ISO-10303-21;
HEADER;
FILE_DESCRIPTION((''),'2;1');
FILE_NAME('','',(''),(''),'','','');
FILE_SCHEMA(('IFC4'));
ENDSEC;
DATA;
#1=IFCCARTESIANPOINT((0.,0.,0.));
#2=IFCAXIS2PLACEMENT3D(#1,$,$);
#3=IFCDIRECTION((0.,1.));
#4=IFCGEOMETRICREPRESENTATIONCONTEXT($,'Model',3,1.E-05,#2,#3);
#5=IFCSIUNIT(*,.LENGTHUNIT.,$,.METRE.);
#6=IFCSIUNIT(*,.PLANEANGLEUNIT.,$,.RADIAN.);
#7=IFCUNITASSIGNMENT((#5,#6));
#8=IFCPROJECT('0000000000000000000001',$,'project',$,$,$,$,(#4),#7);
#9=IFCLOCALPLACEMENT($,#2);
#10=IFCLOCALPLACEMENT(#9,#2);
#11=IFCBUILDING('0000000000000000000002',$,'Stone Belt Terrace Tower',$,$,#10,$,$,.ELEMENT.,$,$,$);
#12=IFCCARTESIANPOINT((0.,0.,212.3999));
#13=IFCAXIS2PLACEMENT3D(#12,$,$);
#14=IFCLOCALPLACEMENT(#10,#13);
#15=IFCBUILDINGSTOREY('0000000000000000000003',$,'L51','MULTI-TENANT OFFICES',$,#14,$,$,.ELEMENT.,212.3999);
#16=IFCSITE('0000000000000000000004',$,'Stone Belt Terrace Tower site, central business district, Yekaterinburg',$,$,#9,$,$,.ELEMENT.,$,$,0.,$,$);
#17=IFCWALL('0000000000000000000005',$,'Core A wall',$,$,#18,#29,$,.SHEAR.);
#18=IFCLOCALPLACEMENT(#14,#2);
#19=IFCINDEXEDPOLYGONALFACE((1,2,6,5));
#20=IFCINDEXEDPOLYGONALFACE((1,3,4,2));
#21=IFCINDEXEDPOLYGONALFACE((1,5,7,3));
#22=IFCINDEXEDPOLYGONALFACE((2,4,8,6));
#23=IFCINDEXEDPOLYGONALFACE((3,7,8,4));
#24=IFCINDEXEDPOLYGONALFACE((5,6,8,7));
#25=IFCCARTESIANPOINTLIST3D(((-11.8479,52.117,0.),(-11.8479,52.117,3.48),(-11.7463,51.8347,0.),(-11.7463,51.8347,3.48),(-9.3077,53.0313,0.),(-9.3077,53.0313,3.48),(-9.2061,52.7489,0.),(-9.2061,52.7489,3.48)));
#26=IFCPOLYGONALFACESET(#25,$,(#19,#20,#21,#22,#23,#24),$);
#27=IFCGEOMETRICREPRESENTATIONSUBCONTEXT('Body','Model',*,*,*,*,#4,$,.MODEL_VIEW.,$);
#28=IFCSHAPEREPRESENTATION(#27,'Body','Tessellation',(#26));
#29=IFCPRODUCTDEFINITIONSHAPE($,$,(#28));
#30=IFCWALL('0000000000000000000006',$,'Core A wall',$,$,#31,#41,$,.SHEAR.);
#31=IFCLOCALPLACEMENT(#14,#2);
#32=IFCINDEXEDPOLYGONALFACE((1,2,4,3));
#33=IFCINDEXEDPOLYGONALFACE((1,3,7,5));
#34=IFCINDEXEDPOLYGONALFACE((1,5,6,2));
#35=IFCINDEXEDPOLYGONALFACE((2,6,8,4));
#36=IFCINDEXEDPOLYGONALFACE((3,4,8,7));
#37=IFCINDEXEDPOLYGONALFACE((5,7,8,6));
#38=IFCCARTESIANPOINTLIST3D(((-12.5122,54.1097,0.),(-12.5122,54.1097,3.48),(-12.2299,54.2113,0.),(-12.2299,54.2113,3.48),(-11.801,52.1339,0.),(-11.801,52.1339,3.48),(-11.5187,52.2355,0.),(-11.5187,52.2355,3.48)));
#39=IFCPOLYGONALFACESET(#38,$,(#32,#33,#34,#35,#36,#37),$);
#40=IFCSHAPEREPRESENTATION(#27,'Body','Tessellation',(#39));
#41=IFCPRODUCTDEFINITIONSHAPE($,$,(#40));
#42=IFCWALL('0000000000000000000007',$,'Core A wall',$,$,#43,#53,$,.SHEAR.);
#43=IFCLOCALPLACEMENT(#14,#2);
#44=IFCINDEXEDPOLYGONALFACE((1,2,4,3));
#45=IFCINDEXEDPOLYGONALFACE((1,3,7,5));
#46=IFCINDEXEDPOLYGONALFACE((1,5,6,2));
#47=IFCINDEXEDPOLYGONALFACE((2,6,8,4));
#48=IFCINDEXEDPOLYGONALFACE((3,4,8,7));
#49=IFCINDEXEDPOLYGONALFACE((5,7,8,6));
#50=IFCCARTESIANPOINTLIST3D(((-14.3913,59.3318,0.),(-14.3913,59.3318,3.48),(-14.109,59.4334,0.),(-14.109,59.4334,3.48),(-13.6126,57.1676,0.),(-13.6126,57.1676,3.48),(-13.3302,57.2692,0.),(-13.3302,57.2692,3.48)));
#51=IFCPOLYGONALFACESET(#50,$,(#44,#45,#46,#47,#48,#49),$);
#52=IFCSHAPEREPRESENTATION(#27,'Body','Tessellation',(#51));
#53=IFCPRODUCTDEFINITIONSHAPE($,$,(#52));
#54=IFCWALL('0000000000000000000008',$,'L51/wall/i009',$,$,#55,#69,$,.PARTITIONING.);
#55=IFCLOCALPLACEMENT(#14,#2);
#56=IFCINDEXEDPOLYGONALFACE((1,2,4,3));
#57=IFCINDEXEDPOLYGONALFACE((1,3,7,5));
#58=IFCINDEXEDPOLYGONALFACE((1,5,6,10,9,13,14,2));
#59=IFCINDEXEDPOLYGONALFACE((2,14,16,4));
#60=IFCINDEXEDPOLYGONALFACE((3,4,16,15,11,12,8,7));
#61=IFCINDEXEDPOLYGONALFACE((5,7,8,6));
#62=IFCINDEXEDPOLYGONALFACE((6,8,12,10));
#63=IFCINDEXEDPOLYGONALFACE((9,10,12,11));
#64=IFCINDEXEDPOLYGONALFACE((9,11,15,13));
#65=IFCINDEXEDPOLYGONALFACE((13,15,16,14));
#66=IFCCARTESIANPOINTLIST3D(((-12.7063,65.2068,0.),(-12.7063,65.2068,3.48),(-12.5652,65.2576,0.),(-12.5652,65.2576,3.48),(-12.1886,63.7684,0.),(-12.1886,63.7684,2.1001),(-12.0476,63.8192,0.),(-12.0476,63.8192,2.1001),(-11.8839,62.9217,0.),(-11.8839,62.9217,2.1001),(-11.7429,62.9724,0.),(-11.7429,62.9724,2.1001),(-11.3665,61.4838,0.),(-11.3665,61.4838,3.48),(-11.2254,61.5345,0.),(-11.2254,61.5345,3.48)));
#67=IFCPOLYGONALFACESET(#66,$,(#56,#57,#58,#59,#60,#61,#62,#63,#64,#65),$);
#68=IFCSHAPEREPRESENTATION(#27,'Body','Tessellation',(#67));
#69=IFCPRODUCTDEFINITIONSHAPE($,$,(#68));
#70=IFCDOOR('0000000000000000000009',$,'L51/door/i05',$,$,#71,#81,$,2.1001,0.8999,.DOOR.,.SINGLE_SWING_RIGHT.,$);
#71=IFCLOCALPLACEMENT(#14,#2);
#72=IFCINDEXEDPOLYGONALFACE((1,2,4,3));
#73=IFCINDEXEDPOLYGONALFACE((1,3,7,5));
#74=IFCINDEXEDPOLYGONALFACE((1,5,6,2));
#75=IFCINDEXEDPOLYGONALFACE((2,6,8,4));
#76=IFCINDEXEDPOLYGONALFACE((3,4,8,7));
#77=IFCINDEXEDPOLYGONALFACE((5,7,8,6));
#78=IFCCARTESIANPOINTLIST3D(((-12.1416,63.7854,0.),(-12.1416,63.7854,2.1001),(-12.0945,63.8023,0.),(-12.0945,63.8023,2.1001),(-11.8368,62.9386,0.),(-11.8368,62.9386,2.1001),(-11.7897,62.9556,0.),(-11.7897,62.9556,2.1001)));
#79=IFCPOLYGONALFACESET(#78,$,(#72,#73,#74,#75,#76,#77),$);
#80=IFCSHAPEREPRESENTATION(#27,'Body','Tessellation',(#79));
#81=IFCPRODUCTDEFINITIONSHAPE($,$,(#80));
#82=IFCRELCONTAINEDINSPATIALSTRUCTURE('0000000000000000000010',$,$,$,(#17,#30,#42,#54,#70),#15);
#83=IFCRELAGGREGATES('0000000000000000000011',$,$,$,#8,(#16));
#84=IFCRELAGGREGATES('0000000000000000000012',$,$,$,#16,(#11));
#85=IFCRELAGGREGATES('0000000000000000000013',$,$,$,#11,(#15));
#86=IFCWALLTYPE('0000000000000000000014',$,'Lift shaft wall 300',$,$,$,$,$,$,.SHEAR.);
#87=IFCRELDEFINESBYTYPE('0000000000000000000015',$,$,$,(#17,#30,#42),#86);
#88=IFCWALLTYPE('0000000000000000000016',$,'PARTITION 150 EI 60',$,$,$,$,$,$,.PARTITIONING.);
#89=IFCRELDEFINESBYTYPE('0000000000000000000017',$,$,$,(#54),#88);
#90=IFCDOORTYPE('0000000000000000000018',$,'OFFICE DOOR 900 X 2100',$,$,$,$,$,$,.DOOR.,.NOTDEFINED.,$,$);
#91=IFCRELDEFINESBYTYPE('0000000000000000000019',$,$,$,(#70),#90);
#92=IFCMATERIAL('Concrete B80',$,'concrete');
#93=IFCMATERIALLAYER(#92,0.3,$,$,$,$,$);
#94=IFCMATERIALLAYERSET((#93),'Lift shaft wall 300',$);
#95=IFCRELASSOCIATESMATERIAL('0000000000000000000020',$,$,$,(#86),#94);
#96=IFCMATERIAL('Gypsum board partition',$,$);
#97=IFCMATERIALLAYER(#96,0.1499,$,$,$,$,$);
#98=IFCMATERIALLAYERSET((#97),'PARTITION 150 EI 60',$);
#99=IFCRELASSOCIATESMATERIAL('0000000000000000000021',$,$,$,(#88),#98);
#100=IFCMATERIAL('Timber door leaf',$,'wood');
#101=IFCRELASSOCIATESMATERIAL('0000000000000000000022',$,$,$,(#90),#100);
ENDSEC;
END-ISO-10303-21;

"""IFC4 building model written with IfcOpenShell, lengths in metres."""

from ifc_helpers import new_model, si_unit, direction, frame, frame_2d, origin, place, context, subcontext, project, spatial, rectangle, extrude, material, layer, layer_set, type_object, element, fill, save


model = new_model("IFC4")

# Units and contexts
model_context = context("Model", 3, precision=1e-05, world=origin(), true_north=direction((0.0, 1.0)))
body_context = subcontext(model_context, "Body", "Model", "MODEL_VIEW")
ifc_project = project(units=[si_unit("LENGTHUNIT", "METRE"), si_unit("PLANEANGLEUNIT", "RADIAN")], contexts=[model_context])

# Site, building, storey
site_placement = place(None, origin())
site = spatial("IfcSite", under=ifc_project, at=site_placement, Name="Stone Belt Terrace Tower site, central business district, Yekaterinburg", CompositionType="ELEMENT", RefElevation=0.0)
building_placement = place(site_placement, origin())
building = spatial("IfcBuilding", under=site, at=building_placement, Name="Stone Belt Terrace Tower", CompositionType="ELEMENT")
storey_placement = place(building_placement, frame((0.0, 0.0, 212.3999)))
storey = spatial("IfcBuildingStorey", under=building, at=storey_placement, Name="L51", Description="MULTI-TENANT OFFICES", CompositionType="ELEMENT", Elevation=212.3999)

# Shared definitions
ifc_material_1 = material(Name="Timber door leaf", Category="wood")

# Walls
ifc_material_2 = material(Name="Concrete B80", Category="concrete")
ifc_layer_1 = layer(ifc_material_2, 0.3)
ifc_layer_set_1 = layer_set([ifc_layer_1], Name="Lift shaft wall 300")
wall_type_1 = type_object("IfcWallType", Name="Lift shaft wall 300", PredefinedType="SHEAR", material=ifc_layer_set_1)
wall_1_placement = place(storey_placement, frame((-11.7971, 51.9758, 0.0), z_axis=(0.0, 0.0, 1.0), x_axis=(0.94091, 0.338655, 0.0)))
element("IfcWall", 1, at=wall_1_placement, inside=storey, type_object=wall_type_1, Name="Core A wall", PredefinedType="SHEAR", context=body_context, shape_type="SweptSolid", body=[
    extrude(rectangle(XDim=2.6997, YDim=0.3, at=frame_2d((1.3499, 0.0))), origin(), (0.0, 0.0, 1.0), 3.48),
])
wall_2_placement = place(storey_placement, frame((-11.6599, 52.1848, 0.0), z_axis=(0.0, 0.0, 1.0), x_axis=(-0.33867, 0.940905, 0.0)))
element("IfcWall", 2, at=wall_2_placement, inside=storey, type_object=wall_type_1, Name="Core A wall", PredefinedType="SHEAR", context=body_context, shape_type="SweptSolid", body=[
    extrude(rectangle(XDim=2.0999, YDim=0.3, at=frame_2d((1.0498, 0.0))), origin(), (0.0, 0.0, 1.0), 3.48),
])
wall_3_placement = place(storey_placement, frame((-13.4714, 57.2185, 0.0), z_axis=(0.0, 0.0, 1.0), x_axis=(-0.338588, 0.940935, 0.0)))
element("IfcWall", 3, at=wall_3_placement, inside=storey, type_object=wall_type_1, Name="Core A wall", PredefinedType="SHEAR", context=body_context, shape_type="SweptSolid", body=[
    extrude(rectangle(XDim=2.3, YDim=0.3, at=frame_2d((1.1499, 0.0))), origin(), (0.0, 0.0, 1.0), 3.48),
])

# Wall, opening, door
ifc_material_3 = material(Name="Gypsum board partition")
ifc_layer_2 = layer(ifc_material_3, 0.1499)
ifc_layer_set_2 = layer_set([ifc_layer_2], Name="PARTITION 150 EI 60")
wall_type_2 = type_object("IfcWallType", Name="PARTITION 150 EI 60", PredefinedType="PARTITIONING", material=ifc_layer_set_2)
wall_4_placement = place(storey_placement, frame((-11.2959, 61.509, 0.0), z_axis=(0.0, 0.0, 1.0), x_axis=(-0.33861, 0.940927, 0.0)))
wall_4 = element("IfcWall", 4, at=wall_4_placement, inside=storey, type_object=wall_type_2, Name="L51/wall/i009", PredefinedType="PARTITIONING", context=body_context, shape_type="SweptSolid", body=[
    extrude(rectangle(XDim=3.9568, YDim=0.1499, at=frame_2d((1.9785, 0.0))), origin(), (0.0, 0.0, 1.0), 3.48),
])
opening_1_placement = place(wall_4_placement, frame((1.5283, 0.0, 0.0)))
opening_1 = element("IfcOpeningElement", 5, at=opening_1_placement, cuts=wall_4, PredefinedType="OPENING", context=body_context, shape_type="SweptSolid", body=[
    extrude(rectangle(XDim=0.8999, YDim=2.1001, at=frame_2d((0.45, 1.05))), frame((0.0, 0.085, 0.0), z_axis=(0.0, -1.0, 0.0), x_axis=(1.0, 0.0, 0.0)), (0.0, 0.0, 1.0), 0.1699),
])
door_type_1 = type_object("IfcDoorType", Name="OFFICE DOOR 900 X 2100", OperationType="NOTDEFINED", PredefinedType="DOOR", material=ifc_material_1)
door_1_placement = place(opening_1_placement, origin())
door_1 = element("IfcDoor", 6, at=door_1_placement, inside=storey, type_object=door_type_1, Name="L51/door/i05", OperationType="SINGLE_SWING_RIGHT", OverallHeight=2.1001, OverallWidth=0.8999, PredefinedType="DOOR", context=body_context, shape_type="SweptSolid", body=[
    extrude(rectangle(XDim=0.8999, YDim=2.1001, at=frame_2d((0.45, 1.05))), frame((0.0, 0.0249, 0.0), z_axis=(0.0, -1.0, 0.0), x_axis=(1.0, 0.0, 0.0)), (0.0, 0.0, 1.0), 0.05),
])
fill(opening_1, door_1)

save(model, "model.ifc")
